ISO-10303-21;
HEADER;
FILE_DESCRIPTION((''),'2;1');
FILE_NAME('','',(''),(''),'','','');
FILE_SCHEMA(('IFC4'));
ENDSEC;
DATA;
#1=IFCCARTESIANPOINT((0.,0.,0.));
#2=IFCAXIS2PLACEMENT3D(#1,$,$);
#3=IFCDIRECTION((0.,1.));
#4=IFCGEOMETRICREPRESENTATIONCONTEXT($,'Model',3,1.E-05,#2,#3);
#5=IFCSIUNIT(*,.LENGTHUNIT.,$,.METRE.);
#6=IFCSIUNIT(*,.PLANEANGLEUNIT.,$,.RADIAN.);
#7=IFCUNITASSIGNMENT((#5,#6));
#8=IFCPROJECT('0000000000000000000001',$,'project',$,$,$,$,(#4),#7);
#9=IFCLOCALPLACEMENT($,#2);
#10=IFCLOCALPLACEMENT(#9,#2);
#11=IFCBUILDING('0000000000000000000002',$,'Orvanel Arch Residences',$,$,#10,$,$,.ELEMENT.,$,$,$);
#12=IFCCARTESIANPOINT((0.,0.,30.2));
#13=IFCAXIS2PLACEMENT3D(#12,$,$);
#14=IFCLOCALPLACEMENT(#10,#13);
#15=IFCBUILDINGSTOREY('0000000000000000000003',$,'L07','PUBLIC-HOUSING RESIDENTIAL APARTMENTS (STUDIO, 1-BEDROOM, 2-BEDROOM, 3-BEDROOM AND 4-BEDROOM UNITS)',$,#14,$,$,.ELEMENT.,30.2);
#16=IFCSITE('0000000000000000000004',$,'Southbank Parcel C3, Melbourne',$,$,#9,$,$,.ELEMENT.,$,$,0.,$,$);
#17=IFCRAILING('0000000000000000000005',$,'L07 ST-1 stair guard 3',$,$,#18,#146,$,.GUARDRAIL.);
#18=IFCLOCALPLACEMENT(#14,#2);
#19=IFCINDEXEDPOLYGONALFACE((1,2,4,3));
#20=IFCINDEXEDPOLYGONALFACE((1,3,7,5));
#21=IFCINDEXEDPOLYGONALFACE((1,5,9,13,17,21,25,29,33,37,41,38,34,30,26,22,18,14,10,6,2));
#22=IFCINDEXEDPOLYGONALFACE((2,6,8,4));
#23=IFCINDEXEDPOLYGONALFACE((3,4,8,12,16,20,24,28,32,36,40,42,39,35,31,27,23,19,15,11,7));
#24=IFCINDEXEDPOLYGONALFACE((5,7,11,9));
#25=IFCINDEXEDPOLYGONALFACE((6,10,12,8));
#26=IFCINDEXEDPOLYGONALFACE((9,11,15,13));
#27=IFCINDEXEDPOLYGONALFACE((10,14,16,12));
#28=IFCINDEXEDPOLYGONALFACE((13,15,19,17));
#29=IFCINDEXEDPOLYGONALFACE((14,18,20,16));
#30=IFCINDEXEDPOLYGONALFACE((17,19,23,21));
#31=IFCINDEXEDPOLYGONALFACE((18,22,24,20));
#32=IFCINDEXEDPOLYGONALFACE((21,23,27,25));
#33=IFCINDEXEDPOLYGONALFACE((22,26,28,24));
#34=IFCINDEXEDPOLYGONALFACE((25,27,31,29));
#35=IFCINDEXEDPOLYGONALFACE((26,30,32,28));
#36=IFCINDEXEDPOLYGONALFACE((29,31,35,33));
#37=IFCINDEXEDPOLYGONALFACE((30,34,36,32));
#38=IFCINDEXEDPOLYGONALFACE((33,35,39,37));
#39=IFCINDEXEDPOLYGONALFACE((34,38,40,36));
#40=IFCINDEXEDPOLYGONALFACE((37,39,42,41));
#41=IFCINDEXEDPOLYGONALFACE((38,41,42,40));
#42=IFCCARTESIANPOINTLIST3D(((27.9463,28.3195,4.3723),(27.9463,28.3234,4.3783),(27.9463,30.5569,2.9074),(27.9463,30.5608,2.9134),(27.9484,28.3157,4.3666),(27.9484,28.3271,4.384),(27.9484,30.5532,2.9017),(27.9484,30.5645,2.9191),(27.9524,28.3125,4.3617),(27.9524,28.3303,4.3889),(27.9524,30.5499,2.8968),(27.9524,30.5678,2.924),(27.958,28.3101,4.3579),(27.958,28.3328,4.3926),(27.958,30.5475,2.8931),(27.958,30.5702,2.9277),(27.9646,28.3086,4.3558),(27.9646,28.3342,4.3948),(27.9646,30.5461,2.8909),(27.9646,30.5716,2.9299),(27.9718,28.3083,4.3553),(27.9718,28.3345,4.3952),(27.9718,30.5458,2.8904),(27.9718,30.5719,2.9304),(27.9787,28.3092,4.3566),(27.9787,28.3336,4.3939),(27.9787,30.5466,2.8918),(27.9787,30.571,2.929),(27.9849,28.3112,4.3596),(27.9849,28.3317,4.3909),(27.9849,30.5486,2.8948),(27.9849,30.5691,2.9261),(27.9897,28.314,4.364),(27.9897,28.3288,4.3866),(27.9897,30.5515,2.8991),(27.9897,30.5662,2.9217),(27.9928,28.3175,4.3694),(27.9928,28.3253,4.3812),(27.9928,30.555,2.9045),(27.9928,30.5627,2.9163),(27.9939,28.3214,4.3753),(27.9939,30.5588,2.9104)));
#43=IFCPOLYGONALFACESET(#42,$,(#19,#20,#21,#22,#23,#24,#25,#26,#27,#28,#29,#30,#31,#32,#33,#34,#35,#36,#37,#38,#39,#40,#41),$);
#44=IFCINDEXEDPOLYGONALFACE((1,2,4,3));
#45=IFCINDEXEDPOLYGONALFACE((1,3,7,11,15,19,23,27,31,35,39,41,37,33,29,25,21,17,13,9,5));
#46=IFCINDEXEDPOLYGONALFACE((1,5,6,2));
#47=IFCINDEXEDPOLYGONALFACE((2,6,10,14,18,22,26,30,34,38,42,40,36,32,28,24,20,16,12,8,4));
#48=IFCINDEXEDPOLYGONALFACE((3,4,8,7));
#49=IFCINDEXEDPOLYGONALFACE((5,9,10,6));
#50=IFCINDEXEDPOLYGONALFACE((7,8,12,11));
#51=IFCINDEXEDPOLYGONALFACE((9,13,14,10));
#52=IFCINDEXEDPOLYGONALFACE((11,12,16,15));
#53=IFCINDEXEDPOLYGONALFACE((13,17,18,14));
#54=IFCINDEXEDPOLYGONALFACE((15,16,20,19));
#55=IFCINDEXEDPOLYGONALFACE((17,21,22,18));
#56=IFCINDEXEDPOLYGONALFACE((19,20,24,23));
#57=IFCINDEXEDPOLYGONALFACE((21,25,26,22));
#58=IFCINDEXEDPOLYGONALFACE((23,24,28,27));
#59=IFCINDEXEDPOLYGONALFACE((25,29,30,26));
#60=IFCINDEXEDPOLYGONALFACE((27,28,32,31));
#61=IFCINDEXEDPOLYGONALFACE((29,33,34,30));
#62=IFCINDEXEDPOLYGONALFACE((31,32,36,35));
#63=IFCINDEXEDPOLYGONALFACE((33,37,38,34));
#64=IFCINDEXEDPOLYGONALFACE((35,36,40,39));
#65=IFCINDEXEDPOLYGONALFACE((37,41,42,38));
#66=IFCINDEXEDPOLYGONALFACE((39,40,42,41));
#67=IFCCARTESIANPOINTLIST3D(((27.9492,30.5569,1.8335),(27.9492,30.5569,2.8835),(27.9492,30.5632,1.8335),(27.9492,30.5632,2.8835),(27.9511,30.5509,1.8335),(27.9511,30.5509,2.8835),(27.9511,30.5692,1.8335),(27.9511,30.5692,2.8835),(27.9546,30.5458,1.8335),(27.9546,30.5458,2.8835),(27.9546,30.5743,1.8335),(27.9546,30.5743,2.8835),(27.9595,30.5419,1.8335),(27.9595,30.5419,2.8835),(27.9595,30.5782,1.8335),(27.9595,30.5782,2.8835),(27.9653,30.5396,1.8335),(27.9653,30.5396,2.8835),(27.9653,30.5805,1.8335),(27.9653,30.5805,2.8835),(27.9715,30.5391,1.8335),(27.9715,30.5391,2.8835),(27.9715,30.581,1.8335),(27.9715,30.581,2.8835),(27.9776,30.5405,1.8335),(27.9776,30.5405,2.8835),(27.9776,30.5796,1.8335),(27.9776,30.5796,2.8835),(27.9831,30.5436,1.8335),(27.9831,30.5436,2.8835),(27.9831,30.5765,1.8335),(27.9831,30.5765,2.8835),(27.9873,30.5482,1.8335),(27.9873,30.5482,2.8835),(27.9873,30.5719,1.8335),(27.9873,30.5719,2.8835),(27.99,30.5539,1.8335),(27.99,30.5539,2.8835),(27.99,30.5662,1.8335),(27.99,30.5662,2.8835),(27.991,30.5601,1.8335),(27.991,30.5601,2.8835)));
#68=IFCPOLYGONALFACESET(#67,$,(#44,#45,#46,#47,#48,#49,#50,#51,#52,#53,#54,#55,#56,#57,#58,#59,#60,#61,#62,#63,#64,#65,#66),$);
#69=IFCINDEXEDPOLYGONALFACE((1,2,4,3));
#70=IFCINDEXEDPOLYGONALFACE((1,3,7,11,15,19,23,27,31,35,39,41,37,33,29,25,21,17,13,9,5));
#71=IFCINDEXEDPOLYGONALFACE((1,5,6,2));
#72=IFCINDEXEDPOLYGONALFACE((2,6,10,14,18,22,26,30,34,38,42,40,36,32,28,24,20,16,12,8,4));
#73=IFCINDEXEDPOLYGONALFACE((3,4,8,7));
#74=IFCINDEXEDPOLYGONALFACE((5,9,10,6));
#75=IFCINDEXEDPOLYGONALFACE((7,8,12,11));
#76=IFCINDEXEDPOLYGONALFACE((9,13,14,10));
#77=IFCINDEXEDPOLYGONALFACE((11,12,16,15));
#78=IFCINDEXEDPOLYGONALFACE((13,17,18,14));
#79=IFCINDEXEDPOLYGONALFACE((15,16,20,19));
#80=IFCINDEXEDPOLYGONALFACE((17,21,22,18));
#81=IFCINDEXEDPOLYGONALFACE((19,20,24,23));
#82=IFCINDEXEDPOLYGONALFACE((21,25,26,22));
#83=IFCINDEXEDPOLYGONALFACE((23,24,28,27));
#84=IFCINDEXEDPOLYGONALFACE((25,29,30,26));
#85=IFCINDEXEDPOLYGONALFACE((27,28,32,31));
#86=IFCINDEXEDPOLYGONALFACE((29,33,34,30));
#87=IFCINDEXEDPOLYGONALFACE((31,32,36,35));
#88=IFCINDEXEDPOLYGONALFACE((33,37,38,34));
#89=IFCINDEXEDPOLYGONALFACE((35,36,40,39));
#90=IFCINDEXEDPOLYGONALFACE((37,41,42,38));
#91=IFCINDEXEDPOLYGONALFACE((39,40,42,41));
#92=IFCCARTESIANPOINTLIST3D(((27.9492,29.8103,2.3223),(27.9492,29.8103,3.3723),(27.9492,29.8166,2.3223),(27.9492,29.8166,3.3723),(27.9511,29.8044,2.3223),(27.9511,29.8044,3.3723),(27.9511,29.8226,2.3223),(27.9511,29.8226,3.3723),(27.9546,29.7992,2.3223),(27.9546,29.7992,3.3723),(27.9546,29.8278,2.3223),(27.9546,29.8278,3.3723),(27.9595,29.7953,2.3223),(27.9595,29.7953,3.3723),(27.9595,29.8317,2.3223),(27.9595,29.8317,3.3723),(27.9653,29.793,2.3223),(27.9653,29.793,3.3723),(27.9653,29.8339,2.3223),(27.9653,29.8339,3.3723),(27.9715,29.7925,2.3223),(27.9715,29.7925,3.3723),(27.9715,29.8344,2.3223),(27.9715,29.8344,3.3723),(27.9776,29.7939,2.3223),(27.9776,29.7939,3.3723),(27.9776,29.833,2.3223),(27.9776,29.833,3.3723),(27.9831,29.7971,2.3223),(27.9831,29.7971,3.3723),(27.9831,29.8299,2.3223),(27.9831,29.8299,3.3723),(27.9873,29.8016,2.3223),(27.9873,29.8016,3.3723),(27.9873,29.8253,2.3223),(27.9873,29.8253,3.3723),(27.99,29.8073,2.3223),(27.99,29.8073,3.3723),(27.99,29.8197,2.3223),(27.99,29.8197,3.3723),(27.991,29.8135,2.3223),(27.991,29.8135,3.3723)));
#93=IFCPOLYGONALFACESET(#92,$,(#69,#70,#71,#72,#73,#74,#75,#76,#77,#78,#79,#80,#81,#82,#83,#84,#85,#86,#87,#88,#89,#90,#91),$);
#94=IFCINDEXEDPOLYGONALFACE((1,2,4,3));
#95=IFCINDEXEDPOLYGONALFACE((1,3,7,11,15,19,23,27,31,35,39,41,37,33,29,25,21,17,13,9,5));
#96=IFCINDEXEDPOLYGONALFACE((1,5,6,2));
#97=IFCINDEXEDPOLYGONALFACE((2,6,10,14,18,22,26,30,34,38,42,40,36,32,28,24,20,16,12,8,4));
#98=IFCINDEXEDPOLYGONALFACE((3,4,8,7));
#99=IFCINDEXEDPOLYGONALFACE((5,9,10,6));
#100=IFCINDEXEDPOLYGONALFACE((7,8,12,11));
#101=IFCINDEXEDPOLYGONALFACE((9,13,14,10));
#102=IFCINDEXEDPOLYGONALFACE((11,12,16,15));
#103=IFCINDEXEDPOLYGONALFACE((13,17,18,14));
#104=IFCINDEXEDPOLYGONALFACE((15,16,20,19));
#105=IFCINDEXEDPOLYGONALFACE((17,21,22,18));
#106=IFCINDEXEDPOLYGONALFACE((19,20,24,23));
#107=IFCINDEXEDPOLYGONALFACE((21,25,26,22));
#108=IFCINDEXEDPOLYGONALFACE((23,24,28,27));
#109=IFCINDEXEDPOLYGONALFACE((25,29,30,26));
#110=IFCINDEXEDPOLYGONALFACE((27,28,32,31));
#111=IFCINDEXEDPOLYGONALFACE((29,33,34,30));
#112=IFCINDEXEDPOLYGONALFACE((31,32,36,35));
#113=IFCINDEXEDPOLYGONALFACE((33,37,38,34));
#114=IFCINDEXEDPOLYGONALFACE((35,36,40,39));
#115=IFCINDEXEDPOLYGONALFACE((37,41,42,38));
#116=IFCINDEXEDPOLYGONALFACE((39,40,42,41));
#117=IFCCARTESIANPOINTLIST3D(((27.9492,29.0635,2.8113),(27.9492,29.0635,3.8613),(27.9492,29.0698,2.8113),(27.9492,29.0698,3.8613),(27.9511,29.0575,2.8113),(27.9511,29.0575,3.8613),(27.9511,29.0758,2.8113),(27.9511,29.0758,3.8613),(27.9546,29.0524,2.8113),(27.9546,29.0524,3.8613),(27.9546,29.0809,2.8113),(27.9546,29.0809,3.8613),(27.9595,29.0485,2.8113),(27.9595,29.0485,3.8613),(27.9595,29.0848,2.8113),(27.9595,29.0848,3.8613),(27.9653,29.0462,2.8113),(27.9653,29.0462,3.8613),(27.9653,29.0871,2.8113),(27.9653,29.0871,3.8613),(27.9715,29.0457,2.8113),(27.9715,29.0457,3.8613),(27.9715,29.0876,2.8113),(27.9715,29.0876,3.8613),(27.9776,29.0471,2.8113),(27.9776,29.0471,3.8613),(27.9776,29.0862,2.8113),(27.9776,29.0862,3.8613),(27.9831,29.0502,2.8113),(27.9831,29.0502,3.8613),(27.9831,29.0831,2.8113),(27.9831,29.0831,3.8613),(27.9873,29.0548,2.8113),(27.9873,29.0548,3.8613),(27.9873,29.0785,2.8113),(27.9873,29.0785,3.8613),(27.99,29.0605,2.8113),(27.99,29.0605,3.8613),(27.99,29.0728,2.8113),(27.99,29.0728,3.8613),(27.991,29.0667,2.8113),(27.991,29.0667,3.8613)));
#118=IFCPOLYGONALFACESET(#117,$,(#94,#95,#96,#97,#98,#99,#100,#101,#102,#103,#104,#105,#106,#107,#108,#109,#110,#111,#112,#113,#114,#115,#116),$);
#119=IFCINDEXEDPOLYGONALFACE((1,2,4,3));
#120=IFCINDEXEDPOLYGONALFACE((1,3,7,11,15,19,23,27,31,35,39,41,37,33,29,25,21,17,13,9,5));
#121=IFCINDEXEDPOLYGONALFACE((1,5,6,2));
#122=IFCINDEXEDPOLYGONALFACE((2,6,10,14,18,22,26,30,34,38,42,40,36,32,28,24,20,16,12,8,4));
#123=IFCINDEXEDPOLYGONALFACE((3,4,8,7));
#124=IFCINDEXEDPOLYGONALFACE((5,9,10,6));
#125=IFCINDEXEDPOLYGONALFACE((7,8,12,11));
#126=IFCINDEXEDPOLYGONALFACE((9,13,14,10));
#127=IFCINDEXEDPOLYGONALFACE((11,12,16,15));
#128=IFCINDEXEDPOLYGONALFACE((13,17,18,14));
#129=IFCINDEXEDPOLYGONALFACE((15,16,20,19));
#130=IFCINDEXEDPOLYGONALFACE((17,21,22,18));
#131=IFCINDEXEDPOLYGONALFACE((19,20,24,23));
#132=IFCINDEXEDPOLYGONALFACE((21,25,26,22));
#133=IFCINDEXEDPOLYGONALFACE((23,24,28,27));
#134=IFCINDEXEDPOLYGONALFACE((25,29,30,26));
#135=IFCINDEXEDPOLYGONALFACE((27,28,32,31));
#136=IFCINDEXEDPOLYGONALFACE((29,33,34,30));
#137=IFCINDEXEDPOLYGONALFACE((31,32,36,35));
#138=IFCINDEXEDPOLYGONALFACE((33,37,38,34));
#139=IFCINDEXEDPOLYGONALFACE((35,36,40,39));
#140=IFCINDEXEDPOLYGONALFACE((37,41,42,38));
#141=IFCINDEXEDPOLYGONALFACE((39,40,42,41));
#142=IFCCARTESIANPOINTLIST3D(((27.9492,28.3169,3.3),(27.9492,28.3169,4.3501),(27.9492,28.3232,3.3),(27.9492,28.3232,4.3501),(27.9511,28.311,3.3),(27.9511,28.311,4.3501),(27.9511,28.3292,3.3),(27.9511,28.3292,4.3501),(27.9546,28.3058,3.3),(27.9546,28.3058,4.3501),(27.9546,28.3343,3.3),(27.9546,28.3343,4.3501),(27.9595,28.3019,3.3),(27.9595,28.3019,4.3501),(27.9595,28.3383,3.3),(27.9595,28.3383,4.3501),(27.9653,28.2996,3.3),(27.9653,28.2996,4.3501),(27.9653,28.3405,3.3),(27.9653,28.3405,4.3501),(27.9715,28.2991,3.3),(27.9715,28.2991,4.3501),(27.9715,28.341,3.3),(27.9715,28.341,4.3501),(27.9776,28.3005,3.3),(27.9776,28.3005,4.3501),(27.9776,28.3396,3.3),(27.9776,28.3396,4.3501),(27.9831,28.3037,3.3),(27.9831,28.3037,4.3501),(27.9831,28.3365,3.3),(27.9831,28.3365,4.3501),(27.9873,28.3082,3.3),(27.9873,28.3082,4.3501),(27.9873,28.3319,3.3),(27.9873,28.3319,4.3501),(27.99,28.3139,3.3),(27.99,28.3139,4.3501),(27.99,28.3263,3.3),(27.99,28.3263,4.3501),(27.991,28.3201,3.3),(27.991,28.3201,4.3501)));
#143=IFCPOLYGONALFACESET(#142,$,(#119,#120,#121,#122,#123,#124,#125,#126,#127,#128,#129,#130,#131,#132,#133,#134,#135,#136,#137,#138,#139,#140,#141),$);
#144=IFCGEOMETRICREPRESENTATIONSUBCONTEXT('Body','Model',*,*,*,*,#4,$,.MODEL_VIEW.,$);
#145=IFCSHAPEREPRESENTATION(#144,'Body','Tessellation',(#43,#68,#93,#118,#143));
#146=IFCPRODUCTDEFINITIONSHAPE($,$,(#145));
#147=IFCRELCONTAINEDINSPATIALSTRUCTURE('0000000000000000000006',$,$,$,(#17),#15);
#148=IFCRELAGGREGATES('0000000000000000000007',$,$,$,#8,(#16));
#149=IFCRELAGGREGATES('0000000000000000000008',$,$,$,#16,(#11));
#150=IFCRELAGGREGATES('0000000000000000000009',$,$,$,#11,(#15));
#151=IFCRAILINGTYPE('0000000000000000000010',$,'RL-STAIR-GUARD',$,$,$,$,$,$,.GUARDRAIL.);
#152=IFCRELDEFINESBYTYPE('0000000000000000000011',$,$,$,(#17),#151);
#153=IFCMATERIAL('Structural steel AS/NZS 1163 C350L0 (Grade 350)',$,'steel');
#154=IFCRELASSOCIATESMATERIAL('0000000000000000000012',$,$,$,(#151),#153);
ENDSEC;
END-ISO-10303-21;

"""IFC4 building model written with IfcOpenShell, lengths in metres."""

from ifc_helpers import new_model, si_unit, direction, frame, origin, origin_2d, place, context, subcontext, project, spatial, circle, extrude, material, type_object, element, save


model = new_model("IFC4")

# Units and contexts
model_context = context("Model", 3, precision=1e-05, world=origin(), true_north=direction((0.0, 1.0)))
body_context = subcontext(model_context, "Body", "Model", "MODEL_VIEW")
ifc_project = project(units=[si_unit("LENGTHUNIT", "METRE"), si_unit("PLANEANGLEUNIT", "RADIAN")], contexts=[model_context])

# Site, building, storey
site_placement = place(None, origin())
site = spatial("IfcSite", under=ifc_project, at=site_placement, Name="Southbank Parcel C3, Melbourne", CompositionType="ELEMENT", RefElevation=0.0)
building_placement = place(site_placement, origin())
building = spatial("IfcBuilding", under=site, at=building_placement, Name="Orvanel Arch Residences", CompositionType="ELEMENT")
storey_placement = place(building_placement, frame((0.0, 0.0, 30.2)))
storey = spatial("IfcBuildingStorey", under=building, at=storey_placement, Name="L07", Description="PUBLIC-HOUSING RESIDENTIAL APARTMENTS (STUDIO, 1-BEDROOM, 2-BEDROOM, 3-BEDROOM AND 4-BEDROOM UNITS)", CompositionType="ELEMENT", Elevation=30.2)

# Railing
ifc_material_1 = material(Name="Structural steel AS/NZS 1163 C350L0 (Grade 350)", Category="steel")
railing_type_1 = type_object("IfcRailingType", Name="RL-STAIR-GUARD", PredefinedType="GUARDRAIL", material=ifc_material_1)
railing_1_placement = place(storey_placement, frame((27.97, 30.5601, 1.8335)))
element("IfcRailing", 1, at=railing_1_placement, inside=storey, type_object=railing_type_1, Name="L07 ST-1 stair guard 3", PredefinedType="GUARDRAIL", context=body_context, shape_type="SweptSolid", body=[
    extrude(circle(Radius=0.0239, at=origin_2d()), frame((0.0, -0.0012, 1.0769), z_axis=(0.0, -0.836637, 0.547758), x_axis=(1.0, 0.0, 0.0)), (0.0, 0.0, 1.0), 2.6743),
    extrude(circle(Radius=0.021, at=origin_2d()), origin(), (0.0, 0.0, 1.0), 1.05),
    extrude(circle(Radius=0.021, at=origin_2d()), frame((0.0, -0.7466, 0.4888)), (0.0, 0.0, 1.0), 1.05),
    extrude(circle(Radius=0.021, at=origin_2d()), frame((0.0, -1.4934, 0.9778)), (0.0, 0.0, 1.0), 1.05),
    extrude(circle(Radius=0.021, at=origin_2d()), frame((0.0, -2.24, 1.4666)), (0.0, 0.0, 1.0), 1.05),
])

save(model, "model.ifc")
